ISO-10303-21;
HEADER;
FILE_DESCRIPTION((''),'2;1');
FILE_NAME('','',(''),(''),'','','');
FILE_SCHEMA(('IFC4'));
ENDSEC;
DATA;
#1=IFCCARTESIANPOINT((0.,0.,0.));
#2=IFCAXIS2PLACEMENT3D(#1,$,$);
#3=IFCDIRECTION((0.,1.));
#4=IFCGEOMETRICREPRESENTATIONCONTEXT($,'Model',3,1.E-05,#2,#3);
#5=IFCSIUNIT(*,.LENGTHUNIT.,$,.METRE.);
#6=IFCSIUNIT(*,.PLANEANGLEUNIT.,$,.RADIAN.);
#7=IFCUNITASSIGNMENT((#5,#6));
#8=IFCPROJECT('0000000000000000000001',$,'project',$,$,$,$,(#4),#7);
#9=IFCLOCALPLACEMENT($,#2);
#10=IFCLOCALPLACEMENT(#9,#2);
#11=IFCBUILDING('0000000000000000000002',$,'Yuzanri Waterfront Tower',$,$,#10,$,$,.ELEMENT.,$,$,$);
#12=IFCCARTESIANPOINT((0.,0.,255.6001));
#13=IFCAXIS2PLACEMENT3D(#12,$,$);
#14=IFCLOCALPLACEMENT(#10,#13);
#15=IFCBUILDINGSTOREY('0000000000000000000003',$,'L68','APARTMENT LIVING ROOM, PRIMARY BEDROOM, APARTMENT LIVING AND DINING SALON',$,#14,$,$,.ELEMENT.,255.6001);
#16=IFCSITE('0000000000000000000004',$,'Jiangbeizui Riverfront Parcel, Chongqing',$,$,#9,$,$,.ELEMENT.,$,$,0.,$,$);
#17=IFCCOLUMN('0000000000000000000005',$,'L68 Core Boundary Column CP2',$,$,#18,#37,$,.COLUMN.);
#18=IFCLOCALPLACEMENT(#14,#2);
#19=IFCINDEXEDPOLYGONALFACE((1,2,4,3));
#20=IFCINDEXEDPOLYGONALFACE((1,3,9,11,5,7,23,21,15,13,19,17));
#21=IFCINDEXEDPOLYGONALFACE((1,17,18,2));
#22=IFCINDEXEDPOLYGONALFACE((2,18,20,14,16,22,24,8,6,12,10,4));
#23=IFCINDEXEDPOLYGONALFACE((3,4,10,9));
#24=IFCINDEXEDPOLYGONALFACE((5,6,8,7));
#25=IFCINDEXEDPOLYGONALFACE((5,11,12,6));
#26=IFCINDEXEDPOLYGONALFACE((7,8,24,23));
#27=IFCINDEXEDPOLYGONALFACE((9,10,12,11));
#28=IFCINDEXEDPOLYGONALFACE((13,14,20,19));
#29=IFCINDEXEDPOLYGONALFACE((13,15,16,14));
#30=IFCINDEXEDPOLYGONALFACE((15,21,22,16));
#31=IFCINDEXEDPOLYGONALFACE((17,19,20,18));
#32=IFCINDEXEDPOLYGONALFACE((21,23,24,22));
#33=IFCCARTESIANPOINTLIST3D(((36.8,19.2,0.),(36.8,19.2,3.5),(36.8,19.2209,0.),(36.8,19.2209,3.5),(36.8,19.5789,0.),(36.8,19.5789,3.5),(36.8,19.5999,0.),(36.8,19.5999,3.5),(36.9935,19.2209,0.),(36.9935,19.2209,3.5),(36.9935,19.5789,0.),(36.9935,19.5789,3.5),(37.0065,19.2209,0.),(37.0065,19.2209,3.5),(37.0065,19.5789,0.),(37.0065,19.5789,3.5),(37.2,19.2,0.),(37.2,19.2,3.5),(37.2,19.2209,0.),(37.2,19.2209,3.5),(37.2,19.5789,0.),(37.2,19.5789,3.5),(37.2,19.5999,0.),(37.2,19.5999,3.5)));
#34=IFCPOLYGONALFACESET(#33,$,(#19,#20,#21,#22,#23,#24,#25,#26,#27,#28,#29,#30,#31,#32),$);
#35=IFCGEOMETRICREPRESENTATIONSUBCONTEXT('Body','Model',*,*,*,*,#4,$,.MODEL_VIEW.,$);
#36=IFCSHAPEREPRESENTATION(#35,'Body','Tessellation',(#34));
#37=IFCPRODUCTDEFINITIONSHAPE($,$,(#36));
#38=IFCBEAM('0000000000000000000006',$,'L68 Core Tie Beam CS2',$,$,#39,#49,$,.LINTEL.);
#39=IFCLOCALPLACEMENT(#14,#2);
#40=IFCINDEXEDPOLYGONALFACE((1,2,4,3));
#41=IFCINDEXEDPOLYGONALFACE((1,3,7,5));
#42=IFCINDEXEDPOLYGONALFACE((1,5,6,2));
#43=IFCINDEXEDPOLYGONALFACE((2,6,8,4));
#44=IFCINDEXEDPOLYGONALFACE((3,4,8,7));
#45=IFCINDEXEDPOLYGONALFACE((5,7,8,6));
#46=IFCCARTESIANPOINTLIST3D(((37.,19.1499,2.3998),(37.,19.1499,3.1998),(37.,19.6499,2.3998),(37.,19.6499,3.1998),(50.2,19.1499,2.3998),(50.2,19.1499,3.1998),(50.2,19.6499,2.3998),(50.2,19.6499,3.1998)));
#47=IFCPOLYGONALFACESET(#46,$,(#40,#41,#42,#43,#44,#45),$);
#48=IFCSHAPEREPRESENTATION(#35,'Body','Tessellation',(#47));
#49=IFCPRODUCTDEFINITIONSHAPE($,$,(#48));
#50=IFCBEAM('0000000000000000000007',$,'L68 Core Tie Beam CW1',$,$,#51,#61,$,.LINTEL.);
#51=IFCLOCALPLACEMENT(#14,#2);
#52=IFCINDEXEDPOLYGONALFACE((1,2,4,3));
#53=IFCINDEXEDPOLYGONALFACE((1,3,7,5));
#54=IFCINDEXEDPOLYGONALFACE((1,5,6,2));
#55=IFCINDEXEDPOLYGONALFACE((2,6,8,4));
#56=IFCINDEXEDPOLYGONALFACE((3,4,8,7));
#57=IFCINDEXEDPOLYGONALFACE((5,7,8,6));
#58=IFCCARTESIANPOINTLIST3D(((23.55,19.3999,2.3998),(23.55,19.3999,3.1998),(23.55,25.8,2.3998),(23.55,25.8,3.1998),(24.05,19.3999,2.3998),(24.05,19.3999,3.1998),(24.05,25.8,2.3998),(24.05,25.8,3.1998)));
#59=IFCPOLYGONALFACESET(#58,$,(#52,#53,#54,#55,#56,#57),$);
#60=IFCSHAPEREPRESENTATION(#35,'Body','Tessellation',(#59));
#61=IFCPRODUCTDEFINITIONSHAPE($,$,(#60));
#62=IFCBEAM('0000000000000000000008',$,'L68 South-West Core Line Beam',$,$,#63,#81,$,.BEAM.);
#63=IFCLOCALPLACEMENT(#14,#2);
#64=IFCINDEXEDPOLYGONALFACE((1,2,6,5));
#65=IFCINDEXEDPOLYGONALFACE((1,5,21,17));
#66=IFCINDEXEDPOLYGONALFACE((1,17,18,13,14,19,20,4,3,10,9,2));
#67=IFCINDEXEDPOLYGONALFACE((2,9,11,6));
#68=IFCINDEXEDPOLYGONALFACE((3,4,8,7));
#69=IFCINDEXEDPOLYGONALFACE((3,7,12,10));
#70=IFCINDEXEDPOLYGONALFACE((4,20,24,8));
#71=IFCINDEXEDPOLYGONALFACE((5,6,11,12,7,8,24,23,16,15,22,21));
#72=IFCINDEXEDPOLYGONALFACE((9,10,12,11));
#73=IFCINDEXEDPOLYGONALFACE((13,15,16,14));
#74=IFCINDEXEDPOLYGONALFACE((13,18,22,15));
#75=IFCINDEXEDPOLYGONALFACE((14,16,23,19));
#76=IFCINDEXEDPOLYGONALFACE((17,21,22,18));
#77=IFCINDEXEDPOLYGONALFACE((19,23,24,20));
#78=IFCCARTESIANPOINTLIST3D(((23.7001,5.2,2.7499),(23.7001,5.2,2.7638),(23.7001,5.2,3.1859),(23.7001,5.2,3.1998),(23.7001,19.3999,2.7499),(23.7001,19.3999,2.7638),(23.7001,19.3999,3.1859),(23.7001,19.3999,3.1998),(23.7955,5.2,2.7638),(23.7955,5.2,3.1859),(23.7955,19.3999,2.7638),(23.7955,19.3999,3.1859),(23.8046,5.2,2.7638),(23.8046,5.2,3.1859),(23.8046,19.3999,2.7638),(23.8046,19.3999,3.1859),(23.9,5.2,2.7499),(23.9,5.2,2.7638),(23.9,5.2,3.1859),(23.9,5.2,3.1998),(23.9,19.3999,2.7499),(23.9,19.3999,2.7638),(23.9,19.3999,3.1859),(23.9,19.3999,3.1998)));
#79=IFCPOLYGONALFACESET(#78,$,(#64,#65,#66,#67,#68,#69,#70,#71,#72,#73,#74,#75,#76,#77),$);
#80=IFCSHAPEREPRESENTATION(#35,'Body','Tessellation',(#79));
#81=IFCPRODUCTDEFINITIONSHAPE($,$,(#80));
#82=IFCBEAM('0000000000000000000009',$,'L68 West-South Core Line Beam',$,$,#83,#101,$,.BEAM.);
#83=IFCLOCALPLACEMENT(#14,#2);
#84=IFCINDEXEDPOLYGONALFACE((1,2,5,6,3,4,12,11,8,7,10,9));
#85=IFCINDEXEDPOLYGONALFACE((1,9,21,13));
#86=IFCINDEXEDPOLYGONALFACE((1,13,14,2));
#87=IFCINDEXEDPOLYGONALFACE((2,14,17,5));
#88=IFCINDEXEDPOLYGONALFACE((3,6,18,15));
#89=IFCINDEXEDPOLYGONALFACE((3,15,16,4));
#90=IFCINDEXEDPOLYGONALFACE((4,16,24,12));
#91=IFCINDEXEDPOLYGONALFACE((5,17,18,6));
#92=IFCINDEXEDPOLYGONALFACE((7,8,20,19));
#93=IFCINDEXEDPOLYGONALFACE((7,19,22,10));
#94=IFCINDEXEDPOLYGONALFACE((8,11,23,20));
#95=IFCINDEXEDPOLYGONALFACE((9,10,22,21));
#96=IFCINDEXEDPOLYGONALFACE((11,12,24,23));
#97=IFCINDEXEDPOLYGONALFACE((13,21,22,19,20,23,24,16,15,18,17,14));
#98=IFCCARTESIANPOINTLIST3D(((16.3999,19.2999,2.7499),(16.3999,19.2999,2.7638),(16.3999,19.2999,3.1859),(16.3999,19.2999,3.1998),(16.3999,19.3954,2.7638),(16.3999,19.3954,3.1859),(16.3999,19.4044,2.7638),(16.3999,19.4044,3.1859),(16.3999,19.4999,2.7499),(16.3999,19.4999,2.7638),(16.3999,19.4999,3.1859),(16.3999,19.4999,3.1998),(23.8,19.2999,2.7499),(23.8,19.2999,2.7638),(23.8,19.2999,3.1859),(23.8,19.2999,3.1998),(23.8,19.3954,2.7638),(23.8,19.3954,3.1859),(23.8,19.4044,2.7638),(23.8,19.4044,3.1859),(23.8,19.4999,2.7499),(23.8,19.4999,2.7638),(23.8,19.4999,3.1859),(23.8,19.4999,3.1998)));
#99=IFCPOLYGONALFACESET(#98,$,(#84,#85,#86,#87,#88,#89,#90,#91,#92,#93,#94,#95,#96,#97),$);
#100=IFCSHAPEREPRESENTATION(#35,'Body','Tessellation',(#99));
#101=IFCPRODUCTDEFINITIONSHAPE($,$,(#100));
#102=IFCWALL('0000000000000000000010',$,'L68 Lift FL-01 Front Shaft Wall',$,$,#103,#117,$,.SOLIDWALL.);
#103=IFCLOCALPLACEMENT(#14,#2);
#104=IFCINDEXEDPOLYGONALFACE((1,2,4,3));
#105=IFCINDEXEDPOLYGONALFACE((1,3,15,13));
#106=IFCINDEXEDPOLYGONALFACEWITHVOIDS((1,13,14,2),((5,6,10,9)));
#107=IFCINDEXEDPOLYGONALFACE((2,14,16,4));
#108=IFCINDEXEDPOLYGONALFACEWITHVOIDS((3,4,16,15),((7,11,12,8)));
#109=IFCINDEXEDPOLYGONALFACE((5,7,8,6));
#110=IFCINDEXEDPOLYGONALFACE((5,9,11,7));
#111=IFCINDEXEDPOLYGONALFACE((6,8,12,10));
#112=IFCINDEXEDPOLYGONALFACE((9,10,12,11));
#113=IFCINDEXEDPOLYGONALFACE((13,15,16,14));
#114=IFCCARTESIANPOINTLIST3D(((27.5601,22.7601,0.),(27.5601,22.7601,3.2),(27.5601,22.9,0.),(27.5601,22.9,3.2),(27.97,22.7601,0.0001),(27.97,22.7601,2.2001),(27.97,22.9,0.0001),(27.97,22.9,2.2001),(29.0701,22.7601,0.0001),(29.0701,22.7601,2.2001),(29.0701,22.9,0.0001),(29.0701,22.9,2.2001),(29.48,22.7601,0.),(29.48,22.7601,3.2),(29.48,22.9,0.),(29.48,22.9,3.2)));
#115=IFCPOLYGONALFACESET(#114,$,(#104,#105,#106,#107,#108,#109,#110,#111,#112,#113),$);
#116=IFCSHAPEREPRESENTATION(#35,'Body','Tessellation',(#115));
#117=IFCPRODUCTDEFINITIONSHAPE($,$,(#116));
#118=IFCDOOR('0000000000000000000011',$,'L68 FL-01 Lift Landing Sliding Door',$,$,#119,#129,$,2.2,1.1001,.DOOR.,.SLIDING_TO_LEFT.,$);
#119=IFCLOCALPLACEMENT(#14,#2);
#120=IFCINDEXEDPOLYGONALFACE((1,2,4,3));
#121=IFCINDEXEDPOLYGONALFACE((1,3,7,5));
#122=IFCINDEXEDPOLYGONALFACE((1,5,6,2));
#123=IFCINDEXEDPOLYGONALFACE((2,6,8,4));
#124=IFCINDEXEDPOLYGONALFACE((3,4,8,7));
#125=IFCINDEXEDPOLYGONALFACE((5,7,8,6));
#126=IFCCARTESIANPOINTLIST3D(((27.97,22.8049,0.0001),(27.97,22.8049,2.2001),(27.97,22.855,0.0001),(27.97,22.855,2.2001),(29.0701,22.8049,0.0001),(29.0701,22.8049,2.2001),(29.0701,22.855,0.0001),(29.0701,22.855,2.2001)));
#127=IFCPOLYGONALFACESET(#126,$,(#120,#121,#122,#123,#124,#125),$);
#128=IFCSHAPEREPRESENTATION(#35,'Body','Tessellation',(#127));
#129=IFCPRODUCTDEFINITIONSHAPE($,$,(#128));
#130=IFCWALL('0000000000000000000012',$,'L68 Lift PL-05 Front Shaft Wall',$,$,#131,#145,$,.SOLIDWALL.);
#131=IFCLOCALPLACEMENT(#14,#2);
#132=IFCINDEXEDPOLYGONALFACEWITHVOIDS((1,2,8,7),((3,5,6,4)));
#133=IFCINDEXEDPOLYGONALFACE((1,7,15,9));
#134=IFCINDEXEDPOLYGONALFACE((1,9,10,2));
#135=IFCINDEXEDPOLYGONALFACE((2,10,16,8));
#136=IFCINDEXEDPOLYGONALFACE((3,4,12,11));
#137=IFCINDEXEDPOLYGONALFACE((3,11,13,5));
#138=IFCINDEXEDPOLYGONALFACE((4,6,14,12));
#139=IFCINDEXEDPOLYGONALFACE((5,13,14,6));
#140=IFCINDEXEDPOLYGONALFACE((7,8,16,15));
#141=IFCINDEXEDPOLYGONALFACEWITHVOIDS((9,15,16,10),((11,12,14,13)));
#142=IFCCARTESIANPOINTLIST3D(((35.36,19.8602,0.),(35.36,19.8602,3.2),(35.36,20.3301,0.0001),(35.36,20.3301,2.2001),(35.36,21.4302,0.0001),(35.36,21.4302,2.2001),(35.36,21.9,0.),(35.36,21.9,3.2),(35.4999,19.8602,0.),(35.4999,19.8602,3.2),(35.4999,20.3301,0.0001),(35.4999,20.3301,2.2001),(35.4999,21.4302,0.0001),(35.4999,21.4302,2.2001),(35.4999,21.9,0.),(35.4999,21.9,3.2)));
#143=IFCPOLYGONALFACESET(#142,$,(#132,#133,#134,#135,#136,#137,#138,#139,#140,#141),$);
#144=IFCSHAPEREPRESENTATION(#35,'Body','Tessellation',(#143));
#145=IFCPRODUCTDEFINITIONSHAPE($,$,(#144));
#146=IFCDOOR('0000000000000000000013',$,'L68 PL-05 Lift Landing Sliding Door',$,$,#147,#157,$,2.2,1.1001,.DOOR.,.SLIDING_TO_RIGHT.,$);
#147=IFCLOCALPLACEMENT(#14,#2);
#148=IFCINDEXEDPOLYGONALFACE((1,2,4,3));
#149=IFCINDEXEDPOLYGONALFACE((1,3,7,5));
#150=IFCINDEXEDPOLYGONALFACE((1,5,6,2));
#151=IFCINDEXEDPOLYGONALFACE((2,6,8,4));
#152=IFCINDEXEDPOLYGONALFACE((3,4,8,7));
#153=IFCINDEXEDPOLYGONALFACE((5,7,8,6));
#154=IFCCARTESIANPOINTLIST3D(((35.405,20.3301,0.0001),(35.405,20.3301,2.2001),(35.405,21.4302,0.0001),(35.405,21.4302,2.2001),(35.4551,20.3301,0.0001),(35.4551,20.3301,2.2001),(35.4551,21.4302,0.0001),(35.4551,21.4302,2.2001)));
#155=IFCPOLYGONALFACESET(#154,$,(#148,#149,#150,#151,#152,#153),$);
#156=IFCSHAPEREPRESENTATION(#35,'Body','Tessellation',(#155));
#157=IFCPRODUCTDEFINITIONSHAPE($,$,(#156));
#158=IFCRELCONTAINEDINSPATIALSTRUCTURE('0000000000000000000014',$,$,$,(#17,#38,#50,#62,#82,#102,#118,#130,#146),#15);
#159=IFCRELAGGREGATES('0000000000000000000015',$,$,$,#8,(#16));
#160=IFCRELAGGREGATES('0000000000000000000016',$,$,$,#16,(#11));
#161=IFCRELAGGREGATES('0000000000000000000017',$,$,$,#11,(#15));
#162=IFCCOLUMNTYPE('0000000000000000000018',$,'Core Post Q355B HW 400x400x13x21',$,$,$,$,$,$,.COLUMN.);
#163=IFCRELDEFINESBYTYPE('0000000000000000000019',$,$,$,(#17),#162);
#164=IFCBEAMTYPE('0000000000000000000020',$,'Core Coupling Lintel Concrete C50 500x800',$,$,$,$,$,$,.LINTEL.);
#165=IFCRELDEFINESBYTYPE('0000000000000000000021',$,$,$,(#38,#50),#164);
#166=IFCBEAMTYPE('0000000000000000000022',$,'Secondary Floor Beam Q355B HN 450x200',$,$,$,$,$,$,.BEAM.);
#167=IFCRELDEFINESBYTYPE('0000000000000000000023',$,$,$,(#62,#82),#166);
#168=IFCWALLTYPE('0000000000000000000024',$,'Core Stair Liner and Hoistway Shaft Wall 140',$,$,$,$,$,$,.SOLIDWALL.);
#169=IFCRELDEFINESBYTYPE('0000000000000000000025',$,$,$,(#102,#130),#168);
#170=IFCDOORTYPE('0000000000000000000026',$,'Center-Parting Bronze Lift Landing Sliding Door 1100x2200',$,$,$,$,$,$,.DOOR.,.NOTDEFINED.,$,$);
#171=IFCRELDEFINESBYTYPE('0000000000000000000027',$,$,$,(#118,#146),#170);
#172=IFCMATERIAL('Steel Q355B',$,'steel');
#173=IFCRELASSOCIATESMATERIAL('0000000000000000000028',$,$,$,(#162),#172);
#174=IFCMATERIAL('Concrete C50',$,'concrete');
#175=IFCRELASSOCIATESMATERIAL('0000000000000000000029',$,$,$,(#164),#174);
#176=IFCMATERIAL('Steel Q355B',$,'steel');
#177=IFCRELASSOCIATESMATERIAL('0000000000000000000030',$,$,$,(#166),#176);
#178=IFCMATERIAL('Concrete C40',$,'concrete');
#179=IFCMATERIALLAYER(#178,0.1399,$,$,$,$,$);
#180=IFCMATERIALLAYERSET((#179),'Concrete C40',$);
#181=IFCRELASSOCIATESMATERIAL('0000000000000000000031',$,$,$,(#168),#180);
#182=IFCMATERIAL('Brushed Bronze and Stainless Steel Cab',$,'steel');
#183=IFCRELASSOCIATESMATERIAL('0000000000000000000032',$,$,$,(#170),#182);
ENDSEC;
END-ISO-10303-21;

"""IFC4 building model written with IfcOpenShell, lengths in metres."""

from ifc_helpers import new_model, si_unit, direction, frame, frame_2d, origin, origin_2d, place, context, subcontext, project, spatial, rectangle, i_section, extrude, source, transform, mapped, material, layer, layer_set, material_profile, profile_set, type_object, element, fill, save


model = new_model("IFC4")

# Units and contexts
model_context = context("Model", 3, precision=1e-05, world=origin(), true_north=direction((0.0, 1.0)))
body_context = subcontext(model_context, "Body", "Model", "MODEL_VIEW")
ifc_project = project(units=[si_unit("LENGTHUNIT", "METRE"), si_unit("PLANEANGLEUNIT", "RADIAN")], contexts=[model_context])

# Site, building, storey
site_placement = place(None, origin())
site = spatial("IfcSite", under=ifc_project, at=site_placement, Name="Jiangbeizui Riverfront Parcel, Chongqing", CompositionType="ELEMENT", RefElevation=0.0)
building_placement = place(site_placement, origin())
building = spatial("IfcBuilding", under=site, at=building_placement, Name="Yuzanri Waterfront Tower", CompositionType="ELEMENT")
storey_placement = place(building_placement, frame((0.0, 0.0, 255.6001)))
storey = spatial("IfcBuildingStorey", under=building, at=storey_placement, Name="L68", Description="APARTMENT LIVING ROOM, PRIMARY BEDROOM, APARTMENT LIVING AND DINING SALON", CompositionType="ELEMENT", Elevation=255.6001)

# Column
ifc_material_1 = material(Name="Steel Q355B", Category="steel")
ifc_material_profile_1 = material_profile(ifc_material_1, i_section(OverallWidth=0.3999, OverallDepth=0.3999, WebThickness=0.0129, FlangeThickness=0.021, at=origin_2d()), Name="HW 400x400x13x21")
ifc_profile_set_1 = profile_set([ifc_material_profile_1], Name="Steel Q355B")
column_type = type_object("IfcColumnType", Name="Core Post Q355B HW 400x400x13x21", PredefinedType="COLUMN", material=ifc_profile_set_1)
shared_shape_1 = source(origin(), body_context, "Body", "SweptSolid", [
    extrude(i_section(OverallWidth=0.3999, OverallDepth=0.3999, WebThickness=0.0129, FlangeThickness=0.021, at=origin_2d()), origin(), (0.0, 0.0, 1.0), 3.5),
])
column_placement = place(storey_placement, frame((37.0, 19.3999, 0.0), z_axis=(0.0, 0.0, 1.0), x_axis=(1.0, 0.0, 0.0)))
element("IfcColumn", 1, at=column_placement, inside=storey, type_object=column_type, Name="L68 Core Boundary Column CP2", PredefinedType="COLUMN", context=body_context, shape_type="MappedRepresentation", body=[
    mapped(shared_shape_1, transform((0.0, 0.0, 0.0), scale=1.0)),
])

# Beams
ifc_material_2 = material(Name="Concrete C50", Category="concrete")
ifc_material_profile_2 = material_profile(ifc_material_2, rectangle(XDim=0.5, YDim=0.8, at=origin_2d()), Name="RC 500x800")
ifc_profile_set_2 = profile_set([ifc_material_profile_2], Name="Concrete C50")
beam_type_1 = type_object("IfcBeamType", Name="Core Coupling Lintel Concrete C50 500x800", PredefinedType="LINTEL", material=ifc_profile_set_2)
shared_shape_2 = source(origin(), body_context, "Body", "SweptSolid", [
    extrude(rectangle(XDim=0.5, YDim=0.8, at=origin_2d()), origin(), (0.0, 0.0, 1.0), 13.2),
])
beam_1_placement = place(storey_placement, frame((37.0, 19.3999, 2.7998), z_axis=(1.0, 0.0, 0.0), x_axis=(0.0, 1.0, 0.0)))
element("IfcBeam", 2, at=beam_1_placement, inside=storey, type_object=beam_type_1, Name="L68 Core Tie Beam CS2", PredefinedType="LINTEL", context=body_context, shape_type="MappedRepresentation", body=[
    mapped(shared_shape_2, transform((0.0, 0.0, 0.0), scale=1.0)),
])
shared_shape_3 = source(origin(), body_context, "Body", "SweptSolid", [
    extrude(rectangle(XDim=0.5, YDim=0.8, at=origin_2d()), origin(), (0.0, 0.0, 1.0), 6.4001),
])
beam_2_placement = place(storey_placement, frame((23.8, 19.3999, 2.7998), z_axis=(0.0, 1.0, 0.0), x_axis=(-1.0, 0.0, 0.0)))
element("IfcBeam", 3, at=beam_2_placement, inside=storey, type_object=beam_type_1, Name="L68 Core Tie Beam CW1", PredefinedType="LINTEL", context=body_context, shape_type="MappedRepresentation", body=[
    mapped(shared_shape_3, transform((0.0, 0.0, 0.0), scale=1.0)),
])
ifc_material_3 = material(Name="Steel Q355B", Category="steel")
ifc_material_profile_3 = material_profile(ifc_material_3, i_section(OverallWidth=0.2, OverallDepth=0.45, WebThickness=0.009, FlangeThickness=0.0139, at=origin_2d()), Name="HN 450x200x9x14")
ifc_profile_set_3 = profile_set([ifc_material_profile_3], Name="Steel Q355B")
beam_type_2 = type_object("IfcBeamType", Name="Secondary Floor Beam Q355B HN 450x200", PredefinedType="BEAM", material=ifc_profile_set_3)
shared_shape_4 = source(origin(), body_context, "Body", "SweptSolid", [
    extrude(i_section(OverallWidth=0.2, OverallDepth=0.45, WebThickness=0.009, FlangeThickness=0.0139, at=origin_2d()), origin(), (0.0, 0.0, 1.0), 14.2),
])
beam_3_placement = place(storey_placement, frame((23.8, 19.3999, 2.9749), z_axis=(0.0, -1.0, 0.0), x_axis=(1.0, 0.0, 0.0)))
element("IfcBeam", 4, at=beam_3_placement, inside=storey, type_object=beam_type_2, Name="L68 South-West Core Line Beam", PredefinedType="BEAM", context=body_context, shape_type="MappedRepresentation", body=[
    mapped(shared_shape_4, transform((0.0, 0.0, 0.0), scale=1.0)),
])
shared_shape_5 = source(origin(), body_context, "Body", "SweptSolid", [
    extrude(i_section(OverallWidth=0.2, OverallDepth=0.45, WebThickness=0.009, FlangeThickness=0.0139, at=origin_2d()), origin(), (0.0, 0.0, 1.0), 7.4001),
])
beam_4_placement = place(storey_placement, frame((23.8, 19.3999, 2.9749), z_axis=(-1.0, 0.0, 0.0), x_axis=(0.0, -1.0, 0.0)))
element("IfcBeam", 5, at=beam_4_placement, inside=storey, type_object=beam_type_2, Name="L68 West-South Core Line Beam", PredefinedType="BEAM", context=body_context, shape_type="MappedRepresentation", body=[
    mapped(shared_shape_5, transform((0.0, 0.0, 0.0), scale=1.0)),
])

# Walls, openings, doors
ifc_material_4 = material(Name="Concrete C40", Category="concrete")
ifc_layer_1 = layer(ifc_material_4, 0.1399)
ifc_layer_set_1 = layer_set([ifc_layer_1], Name="Concrete C40")
wall_type_1 = type_object("IfcWallType", Name="Core Stair Liner and Hoistway Shaft Wall 140", PredefinedType="SOLIDWALL", material=ifc_layer_set_1)
wall_1_placement = place(storey_placement, frame((27.5601, 22.8301, 0.0), z_axis=(0.0, 0.0, 1.0), x_axis=(1.0, 0.0, 0.0)))
wall_1 = element("IfcWall", 6, at=wall_1_placement, inside=storey, type_object=wall_type_1, Name="L68 Lift FL-01 Front Shaft Wall", PredefinedType="SOLIDWALL", context=body_context, shape_type="SweptSolid", body=[
    extrude(rectangle(XDim=1.9199, YDim=0.1399, at=frame_2d((0.96, 0.0))), origin(), (0.0, 0.0, 1.0), 3.2),
])
opening_1_placement = place(wall_1_placement, frame((0.4099, 0.0, 0.0)))
opening_1 = element("IfcOpeningElement", 7, at=opening_1_placement, cuts=wall_1, PredefinedType="OPENING", context=body_context, shape_type="SweptSolid", body=[
    extrude(rectangle(XDim=1.1001, YDim=2.2, at=frame_2d((0.55, 1.1001))), frame((0.0, 0.085, 0.0), z_axis=(0.0, -1.0, 0.0), x_axis=(1.0, 0.0, 0.0)), (0.0, 0.0, 1.0), 0.1697),
])
ifc_material_5 = material(Name="Brushed Bronze and Stainless Steel Cab", Category="steel")
door_type_1 = type_object("IfcDoorType", Name="Center-Parting Bronze Lift Landing Sliding Door 1100x2200", OperationType="NOTDEFINED", PredefinedType="DOOR", material=ifc_material_5)
shared_shape_6 = source(origin(), body_context, "Body", "SweptSolid", [
    extrude(rectangle(XDim=1.1001, YDim=2.2, at=frame_2d((0.55, 1.1001))), frame((0.0, 0.0249, 0.0), z_axis=(0.0, -1.0, 0.0), x_axis=(1.0, 0.0, 0.0)), (0.0, 0.0, 1.0), 0.05),
])
door_1_placement = place(opening_1_placement, origin())
door_1 = element("IfcDoor", 8, at=door_1_placement, inside=storey, type_object=door_type_1, Name="L68 FL-01 Lift Landing Sliding Door", OperationType="SLIDING_TO_LEFT", OverallHeight=2.2, OverallWidth=1.1001, PredefinedType="DOOR", context=body_context, shape_type="MappedRepresentation", body=[
    mapped(shared_shape_6, transform((0.0, 0.0, 0.0), scale=1.0)),
])
fill(opening_1, door_1)
wall_2_placement = place(storey_placement, frame((35.4299, 19.8601, 0.0), z_axis=(0.0, 0.0, 1.0), x_axis=(0.0, 1.0, 0.0)))
wall_2 = element("IfcWall", 9, at=wall_2_placement, inside=storey, type_object=wall_type_1, Name="L68 Lift PL-05 Front Shaft Wall", PredefinedType="SOLIDWALL", context=body_context, shape_type="SweptSolid", body=[
    extrude(rectangle(XDim=2.0398, YDim=0.1399, at=frame_2d((1.02, 0.0))), origin(), (0.0, 0.0, 1.0), 3.2),
])
opening_2_placement = place(wall_2_placement, frame((0.47, 0.0, 0.0)))
opening_2 = element("IfcOpeningElement", 10, at=opening_2_placement, cuts=wall_2, PredefinedType="OPENING", context=body_context, shape_type="SweptSolid", body=[
    extrude(rectangle(XDim=1.1001, YDim=2.2, at=frame_2d((0.55, 1.1001))), frame((0.0, 0.085, 0.0), z_axis=(0.0, -1.0, 0.0), x_axis=(1.0, 0.0, 0.0)), (0.0, 0.0, 1.0), 0.1697),
])
door_2_placement = place(opening_2_placement, origin())
door_2 = element("IfcDoor", 11, at=door_2_placement, inside=storey, type_object=door_type_1, Name="L68 PL-05 Lift Landing Sliding Door", OperationType="SLIDING_TO_RIGHT", OverallHeight=2.2, OverallWidth=1.1001, PredefinedType="DOOR", context=body_context, shape_type="MappedRepresentation", body=[
    mapped(shared_shape_6, transform((0.0, 0.0, 0.0), scale=1.0)),
])
fill(opening_2, door_2)

save(model, "model.ifc")
